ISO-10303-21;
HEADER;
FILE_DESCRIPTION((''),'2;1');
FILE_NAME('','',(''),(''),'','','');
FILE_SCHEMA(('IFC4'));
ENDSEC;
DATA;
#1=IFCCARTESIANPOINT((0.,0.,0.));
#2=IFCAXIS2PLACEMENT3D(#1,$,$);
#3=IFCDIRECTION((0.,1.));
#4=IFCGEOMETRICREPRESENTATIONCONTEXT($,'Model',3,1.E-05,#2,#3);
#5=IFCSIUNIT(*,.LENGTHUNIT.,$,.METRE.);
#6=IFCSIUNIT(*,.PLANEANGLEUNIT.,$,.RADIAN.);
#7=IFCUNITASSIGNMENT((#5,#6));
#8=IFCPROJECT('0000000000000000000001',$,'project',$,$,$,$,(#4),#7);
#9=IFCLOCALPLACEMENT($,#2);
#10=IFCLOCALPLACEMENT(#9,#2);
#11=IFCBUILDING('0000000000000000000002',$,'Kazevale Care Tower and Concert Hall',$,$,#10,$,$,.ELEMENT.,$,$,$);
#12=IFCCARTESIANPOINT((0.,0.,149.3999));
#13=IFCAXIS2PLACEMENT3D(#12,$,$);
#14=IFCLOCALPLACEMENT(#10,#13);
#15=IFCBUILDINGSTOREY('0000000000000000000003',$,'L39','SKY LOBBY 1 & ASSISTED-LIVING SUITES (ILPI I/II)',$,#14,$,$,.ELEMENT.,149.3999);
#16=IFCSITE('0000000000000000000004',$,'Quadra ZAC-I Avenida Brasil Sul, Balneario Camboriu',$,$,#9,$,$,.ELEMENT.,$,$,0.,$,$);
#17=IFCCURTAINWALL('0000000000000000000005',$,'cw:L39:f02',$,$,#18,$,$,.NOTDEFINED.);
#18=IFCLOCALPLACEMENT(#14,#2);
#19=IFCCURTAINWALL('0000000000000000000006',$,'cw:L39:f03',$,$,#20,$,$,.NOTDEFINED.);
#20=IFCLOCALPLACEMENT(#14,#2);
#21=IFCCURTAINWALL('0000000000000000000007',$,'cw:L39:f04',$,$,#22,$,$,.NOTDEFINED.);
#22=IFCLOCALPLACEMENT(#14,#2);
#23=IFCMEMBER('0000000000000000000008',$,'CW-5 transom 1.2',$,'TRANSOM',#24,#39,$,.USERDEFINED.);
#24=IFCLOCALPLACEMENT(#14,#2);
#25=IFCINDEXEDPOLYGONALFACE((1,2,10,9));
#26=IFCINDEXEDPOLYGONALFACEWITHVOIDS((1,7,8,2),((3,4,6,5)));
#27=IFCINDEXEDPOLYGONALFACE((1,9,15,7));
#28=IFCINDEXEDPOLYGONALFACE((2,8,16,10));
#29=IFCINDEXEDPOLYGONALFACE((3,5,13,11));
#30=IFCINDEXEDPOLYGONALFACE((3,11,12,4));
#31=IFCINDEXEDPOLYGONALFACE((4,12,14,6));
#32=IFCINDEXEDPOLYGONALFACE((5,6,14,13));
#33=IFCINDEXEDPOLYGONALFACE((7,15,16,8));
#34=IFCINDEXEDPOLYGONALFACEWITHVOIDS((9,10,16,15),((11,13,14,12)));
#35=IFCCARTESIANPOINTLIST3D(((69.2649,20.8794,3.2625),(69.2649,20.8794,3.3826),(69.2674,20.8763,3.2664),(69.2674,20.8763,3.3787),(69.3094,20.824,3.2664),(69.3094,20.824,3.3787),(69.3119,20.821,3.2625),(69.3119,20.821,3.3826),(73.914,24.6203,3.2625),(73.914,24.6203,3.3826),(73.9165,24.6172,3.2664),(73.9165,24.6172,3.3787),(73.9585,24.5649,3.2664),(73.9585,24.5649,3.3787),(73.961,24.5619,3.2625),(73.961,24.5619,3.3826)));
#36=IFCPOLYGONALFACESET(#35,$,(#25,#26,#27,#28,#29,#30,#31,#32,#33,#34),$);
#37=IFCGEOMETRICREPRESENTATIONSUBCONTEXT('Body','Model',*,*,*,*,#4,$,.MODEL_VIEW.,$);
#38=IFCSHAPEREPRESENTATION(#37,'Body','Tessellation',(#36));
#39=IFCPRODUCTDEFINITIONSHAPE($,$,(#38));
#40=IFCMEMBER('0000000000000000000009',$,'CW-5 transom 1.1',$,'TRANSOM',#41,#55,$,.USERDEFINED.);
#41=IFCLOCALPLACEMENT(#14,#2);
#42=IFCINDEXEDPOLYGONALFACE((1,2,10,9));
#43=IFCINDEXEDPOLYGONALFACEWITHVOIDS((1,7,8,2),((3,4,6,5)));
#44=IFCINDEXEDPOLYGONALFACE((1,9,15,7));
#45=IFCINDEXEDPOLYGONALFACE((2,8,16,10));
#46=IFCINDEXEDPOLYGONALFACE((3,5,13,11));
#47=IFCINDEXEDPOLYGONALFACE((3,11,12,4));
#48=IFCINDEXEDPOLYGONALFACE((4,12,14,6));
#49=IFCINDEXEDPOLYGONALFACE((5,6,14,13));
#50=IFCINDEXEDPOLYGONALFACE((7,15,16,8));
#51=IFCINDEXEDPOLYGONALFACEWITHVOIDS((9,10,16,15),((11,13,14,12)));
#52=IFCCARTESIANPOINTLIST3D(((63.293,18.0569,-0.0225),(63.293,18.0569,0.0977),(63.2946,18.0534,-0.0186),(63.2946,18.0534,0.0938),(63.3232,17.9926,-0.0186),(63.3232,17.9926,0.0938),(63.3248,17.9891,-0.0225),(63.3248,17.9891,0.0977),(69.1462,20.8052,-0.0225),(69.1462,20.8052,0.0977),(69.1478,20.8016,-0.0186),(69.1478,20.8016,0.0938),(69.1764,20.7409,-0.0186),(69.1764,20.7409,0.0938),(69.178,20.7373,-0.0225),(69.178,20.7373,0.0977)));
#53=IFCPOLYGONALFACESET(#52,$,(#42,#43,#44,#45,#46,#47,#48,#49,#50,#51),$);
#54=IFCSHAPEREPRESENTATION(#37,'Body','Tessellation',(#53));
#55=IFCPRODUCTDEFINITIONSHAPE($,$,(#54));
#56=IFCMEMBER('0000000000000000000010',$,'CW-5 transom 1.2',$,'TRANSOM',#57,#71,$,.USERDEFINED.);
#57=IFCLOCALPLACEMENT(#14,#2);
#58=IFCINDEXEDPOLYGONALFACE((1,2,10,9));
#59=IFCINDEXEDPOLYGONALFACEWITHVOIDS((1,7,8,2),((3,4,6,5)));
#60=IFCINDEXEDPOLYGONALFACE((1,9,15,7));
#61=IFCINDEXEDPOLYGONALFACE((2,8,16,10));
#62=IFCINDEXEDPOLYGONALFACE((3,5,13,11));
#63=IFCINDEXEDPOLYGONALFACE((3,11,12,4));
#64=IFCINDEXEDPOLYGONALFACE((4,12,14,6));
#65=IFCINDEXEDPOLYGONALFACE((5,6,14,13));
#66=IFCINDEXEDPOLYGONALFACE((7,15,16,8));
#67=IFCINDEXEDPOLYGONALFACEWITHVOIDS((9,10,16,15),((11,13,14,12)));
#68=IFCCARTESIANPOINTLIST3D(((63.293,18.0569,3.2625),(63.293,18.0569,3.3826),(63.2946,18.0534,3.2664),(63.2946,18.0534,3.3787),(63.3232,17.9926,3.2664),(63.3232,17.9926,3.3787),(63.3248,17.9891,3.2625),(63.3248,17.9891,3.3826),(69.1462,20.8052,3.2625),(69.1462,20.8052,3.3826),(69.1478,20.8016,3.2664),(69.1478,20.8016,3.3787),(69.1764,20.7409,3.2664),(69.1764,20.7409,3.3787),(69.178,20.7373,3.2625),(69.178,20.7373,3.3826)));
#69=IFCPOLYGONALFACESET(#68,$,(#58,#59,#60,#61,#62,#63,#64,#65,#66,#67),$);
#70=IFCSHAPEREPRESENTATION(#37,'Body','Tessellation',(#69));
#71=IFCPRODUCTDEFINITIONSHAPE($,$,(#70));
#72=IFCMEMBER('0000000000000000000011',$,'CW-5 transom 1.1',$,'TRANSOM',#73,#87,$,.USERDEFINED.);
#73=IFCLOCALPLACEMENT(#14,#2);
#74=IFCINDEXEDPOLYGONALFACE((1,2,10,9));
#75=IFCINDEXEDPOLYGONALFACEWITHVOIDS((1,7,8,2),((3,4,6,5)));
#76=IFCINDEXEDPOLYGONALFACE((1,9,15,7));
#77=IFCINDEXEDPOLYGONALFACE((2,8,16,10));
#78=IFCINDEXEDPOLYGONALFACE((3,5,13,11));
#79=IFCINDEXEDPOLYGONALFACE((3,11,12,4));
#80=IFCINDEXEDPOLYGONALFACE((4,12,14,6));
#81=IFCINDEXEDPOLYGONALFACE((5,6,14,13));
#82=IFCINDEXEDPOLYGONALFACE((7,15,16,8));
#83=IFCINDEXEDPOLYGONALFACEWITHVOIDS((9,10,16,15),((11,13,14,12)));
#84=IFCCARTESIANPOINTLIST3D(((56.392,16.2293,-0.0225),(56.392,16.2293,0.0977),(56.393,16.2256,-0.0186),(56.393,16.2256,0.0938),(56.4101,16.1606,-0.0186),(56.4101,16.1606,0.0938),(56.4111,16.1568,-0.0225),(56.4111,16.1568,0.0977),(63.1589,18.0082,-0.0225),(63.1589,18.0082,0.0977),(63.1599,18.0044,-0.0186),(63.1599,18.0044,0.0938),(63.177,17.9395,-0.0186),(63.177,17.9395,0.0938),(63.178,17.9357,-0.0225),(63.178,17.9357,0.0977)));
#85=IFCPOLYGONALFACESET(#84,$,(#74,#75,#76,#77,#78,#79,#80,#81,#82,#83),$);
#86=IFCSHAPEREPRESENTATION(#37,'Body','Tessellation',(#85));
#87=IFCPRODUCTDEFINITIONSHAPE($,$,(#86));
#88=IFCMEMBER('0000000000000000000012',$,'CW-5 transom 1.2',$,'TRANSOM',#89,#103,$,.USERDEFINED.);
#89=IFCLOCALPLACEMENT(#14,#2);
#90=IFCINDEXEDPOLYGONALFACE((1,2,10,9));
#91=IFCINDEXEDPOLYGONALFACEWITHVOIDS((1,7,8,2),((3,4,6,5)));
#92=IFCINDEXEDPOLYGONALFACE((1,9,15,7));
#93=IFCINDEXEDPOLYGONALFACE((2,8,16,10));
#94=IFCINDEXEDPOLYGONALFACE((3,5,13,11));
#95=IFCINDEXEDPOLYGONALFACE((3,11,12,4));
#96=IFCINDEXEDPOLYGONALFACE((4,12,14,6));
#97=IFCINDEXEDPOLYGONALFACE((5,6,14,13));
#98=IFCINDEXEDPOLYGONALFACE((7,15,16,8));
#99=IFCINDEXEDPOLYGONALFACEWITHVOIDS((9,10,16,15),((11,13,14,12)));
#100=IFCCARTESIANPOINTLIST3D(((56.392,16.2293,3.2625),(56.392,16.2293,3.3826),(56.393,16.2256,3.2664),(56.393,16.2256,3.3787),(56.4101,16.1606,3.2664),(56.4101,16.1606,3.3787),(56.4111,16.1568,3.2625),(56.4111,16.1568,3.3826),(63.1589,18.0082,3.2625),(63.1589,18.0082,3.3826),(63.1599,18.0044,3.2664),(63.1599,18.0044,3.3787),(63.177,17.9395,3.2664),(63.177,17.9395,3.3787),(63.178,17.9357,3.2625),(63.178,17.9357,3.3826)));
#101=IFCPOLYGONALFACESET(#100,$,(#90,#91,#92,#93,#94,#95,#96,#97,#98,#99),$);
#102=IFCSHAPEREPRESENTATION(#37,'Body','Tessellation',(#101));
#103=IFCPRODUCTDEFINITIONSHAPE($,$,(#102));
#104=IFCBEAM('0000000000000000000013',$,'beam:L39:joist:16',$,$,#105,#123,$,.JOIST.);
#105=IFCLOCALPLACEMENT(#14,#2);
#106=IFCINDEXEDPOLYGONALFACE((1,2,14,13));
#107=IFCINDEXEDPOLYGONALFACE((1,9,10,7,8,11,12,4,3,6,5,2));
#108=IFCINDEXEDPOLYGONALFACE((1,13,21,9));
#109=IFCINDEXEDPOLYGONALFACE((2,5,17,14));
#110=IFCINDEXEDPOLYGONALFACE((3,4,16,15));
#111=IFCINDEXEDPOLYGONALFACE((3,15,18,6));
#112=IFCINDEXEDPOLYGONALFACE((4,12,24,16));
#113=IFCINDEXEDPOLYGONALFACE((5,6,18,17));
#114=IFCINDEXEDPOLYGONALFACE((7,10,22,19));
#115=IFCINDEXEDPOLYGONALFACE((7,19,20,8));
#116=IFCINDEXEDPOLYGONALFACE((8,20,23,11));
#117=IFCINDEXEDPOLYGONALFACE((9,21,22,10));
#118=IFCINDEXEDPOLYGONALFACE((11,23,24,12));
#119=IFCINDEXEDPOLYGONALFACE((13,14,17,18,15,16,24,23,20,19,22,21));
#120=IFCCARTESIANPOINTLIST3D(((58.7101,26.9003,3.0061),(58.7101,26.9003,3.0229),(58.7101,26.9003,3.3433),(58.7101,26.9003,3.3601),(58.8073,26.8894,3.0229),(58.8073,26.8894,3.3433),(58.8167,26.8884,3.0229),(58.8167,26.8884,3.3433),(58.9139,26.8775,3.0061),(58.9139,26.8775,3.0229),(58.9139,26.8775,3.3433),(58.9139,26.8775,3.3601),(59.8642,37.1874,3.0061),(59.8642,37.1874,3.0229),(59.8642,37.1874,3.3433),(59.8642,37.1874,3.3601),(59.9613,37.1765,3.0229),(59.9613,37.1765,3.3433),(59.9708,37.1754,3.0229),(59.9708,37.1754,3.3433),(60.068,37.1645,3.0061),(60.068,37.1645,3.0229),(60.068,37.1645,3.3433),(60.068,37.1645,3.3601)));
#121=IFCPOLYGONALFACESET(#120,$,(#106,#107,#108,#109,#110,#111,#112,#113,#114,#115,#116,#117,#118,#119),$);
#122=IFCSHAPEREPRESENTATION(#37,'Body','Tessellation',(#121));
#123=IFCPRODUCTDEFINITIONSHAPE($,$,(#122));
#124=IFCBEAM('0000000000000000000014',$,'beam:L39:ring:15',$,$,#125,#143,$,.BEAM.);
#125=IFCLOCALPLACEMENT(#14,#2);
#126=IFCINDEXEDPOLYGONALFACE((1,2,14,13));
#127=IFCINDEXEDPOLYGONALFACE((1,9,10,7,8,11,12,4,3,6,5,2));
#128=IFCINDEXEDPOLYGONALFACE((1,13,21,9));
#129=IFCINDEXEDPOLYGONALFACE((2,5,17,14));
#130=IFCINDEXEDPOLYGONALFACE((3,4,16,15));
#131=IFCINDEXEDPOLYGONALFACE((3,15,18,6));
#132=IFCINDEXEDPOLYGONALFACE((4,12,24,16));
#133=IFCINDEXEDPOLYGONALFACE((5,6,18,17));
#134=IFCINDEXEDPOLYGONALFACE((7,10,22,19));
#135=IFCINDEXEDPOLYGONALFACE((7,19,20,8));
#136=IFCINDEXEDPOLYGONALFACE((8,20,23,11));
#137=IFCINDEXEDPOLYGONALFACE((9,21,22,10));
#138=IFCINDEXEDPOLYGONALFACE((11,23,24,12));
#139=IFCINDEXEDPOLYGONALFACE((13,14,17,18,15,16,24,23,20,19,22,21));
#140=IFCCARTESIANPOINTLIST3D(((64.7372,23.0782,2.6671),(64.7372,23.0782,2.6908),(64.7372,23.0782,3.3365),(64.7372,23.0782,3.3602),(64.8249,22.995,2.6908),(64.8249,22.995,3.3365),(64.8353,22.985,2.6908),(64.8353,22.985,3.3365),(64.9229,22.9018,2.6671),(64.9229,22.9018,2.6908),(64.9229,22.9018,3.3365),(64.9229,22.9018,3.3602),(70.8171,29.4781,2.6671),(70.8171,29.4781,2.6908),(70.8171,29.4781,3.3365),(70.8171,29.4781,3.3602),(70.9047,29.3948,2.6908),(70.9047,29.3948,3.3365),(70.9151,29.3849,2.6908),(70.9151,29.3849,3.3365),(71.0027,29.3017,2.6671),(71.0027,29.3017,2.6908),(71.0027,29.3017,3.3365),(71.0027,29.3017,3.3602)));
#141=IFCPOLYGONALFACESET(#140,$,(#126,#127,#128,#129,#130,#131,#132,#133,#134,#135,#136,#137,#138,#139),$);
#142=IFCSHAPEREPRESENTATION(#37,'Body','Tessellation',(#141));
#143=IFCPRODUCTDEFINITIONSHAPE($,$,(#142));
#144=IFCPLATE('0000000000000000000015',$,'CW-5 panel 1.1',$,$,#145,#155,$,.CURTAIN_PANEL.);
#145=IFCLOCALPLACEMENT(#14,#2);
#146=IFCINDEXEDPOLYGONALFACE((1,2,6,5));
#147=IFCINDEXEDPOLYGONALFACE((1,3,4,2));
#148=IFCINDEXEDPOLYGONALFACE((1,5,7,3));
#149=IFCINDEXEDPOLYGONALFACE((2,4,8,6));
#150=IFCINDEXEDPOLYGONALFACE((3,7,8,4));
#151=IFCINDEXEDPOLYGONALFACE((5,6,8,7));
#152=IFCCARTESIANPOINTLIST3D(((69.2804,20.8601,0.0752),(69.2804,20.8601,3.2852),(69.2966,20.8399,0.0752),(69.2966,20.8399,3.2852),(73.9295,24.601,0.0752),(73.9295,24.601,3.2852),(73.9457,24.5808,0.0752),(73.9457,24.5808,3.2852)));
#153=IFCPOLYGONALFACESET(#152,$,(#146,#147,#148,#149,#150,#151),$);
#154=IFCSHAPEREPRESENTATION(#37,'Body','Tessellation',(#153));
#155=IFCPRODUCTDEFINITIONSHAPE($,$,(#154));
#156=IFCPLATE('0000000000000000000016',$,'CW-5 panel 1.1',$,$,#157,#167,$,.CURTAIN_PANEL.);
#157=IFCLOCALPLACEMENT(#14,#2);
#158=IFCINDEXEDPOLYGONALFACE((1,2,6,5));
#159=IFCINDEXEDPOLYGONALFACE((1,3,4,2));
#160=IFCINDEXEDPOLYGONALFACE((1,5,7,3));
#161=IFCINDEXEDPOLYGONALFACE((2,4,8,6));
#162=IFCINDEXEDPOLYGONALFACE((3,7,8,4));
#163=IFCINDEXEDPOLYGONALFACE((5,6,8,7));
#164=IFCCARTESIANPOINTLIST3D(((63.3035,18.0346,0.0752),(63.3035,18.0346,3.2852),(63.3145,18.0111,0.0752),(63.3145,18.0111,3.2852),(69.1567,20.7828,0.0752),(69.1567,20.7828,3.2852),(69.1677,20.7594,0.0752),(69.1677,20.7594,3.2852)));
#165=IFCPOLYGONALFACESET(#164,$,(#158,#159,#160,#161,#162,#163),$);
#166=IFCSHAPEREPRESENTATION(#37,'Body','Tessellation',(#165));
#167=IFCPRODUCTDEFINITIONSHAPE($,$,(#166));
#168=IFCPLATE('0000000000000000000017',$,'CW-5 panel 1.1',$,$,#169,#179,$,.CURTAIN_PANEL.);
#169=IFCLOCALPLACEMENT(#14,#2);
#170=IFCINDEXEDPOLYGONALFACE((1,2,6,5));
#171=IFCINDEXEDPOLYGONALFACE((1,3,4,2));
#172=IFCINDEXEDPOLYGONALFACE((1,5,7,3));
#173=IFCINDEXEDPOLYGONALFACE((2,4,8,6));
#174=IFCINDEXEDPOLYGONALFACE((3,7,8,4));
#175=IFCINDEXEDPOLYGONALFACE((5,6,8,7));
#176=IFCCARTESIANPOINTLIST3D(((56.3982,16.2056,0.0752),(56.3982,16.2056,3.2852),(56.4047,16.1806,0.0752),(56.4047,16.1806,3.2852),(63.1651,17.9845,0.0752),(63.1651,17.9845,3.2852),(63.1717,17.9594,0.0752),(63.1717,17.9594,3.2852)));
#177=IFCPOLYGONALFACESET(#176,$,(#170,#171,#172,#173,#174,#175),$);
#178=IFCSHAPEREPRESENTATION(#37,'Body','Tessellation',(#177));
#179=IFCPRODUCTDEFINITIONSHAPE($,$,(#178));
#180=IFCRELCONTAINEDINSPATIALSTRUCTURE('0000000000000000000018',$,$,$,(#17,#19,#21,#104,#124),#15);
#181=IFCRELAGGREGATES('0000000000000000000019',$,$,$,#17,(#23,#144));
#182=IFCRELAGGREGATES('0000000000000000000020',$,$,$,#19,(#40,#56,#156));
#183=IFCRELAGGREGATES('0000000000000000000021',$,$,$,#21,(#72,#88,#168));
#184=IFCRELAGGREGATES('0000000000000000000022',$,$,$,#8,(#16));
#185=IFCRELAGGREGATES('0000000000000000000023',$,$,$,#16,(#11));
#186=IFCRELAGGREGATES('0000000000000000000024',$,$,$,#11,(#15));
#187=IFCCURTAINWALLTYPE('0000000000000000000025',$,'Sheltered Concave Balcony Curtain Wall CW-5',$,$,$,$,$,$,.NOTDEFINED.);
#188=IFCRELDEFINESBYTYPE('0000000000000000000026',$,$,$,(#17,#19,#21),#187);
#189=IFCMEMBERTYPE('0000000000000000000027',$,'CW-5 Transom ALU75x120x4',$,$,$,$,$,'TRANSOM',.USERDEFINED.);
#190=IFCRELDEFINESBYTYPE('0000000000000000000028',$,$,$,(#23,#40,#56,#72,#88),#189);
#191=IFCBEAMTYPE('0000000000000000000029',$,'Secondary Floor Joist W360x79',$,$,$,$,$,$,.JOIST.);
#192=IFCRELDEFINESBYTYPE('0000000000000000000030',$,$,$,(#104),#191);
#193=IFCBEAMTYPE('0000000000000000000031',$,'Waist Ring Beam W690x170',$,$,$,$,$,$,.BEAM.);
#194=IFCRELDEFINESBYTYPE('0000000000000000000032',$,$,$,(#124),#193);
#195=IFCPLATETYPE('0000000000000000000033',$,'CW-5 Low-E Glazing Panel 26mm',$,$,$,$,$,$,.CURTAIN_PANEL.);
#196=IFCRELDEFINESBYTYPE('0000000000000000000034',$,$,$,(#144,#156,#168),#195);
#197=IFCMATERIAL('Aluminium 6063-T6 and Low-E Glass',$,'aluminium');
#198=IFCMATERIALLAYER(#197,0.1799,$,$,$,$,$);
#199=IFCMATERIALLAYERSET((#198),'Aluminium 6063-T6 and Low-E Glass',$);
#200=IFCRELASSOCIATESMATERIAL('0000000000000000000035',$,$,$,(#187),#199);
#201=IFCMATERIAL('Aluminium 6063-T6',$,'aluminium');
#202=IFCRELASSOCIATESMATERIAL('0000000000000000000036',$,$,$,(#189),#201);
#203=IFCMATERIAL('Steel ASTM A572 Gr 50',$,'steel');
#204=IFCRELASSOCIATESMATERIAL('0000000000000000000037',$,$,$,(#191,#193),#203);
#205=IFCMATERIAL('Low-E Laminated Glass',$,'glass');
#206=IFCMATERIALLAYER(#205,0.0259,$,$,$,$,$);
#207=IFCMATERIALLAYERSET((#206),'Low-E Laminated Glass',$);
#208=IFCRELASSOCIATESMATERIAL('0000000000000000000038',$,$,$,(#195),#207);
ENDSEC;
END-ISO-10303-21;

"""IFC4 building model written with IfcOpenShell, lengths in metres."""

from ifc_helpers import new_model, si_unit, direction, frame, origin, origin_2d, place, context, subcontext, project, spatial, rectangle, hollow_rectangle, i_section, extrude, material, layer, layer_set, material_profile, profile_set, type_object, element, aggregate, save


model = new_model("IFC4")

# Units and contexts
model_context = context("Model", 3, precision=1e-05, world=origin(), true_north=direction((0.0, 1.0)))
body_context = subcontext(model_context, "Body", "Model", "MODEL_VIEW")
ifc_project = project(units=[si_unit("LENGTHUNIT", "METRE"), si_unit("PLANEANGLEUNIT", "RADIAN")], contexts=[model_context])

# Site, building, storey
site_placement = place(None, origin())
site = spatial("IfcSite", under=ifc_project, at=site_placement, Name="Quadra ZAC-I Avenida Brasil Sul, Balneario Camboriu", CompositionType="ELEMENT", RefElevation=0.0)
building_placement = place(site_placement, origin())
building = spatial("IfcBuilding", under=site, at=building_placement, Name="Kazevale Care Tower and Concert Hall", CompositionType="ELEMENT")
storey_placement = place(building_placement, frame((0.0, 0.0, 149.3999)))
storey = spatial("IfcBuildingStorey", under=building, at=storey_placement, Name="L39", Description="SKY LOBBY 1 & ASSISTED-LIVING SUITES (ILPI I/II)", CompositionType="ELEMENT", Elevation=149.3999)

# Shared definitions
ifc_material_1 = material(Name="Aluminium 6063-T6 and Low-E Glass", Category="aluminium")
ifc_material_2 = material(Name="Aluminium 6063-T6", Category="aluminium")

# Curtain walls
ifc_layer_1 = layer(ifc_material_1, 0.1799)
ifc_layer_set_1 = layer_set([ifc_layer_1], Name="Aluminium 6063-T6 and Low-E Glass")
curtain_wall_type_1 = type_object("IfcCurtainWallType", Name="Sheltered Concave Balcony Curtain Wall CW-5", PredefinedType="NOTDEFINED", material=ifc_layer_set_1)
curtain_wall_1_placement = place(storey_placement, origin())
curtain_wall_1 = element("IfcCurtainWall", 1, at=curtain_wall_1_placement, inside=storey, type_object=curtain_wall_type_1, Name="cw:L39:f02", PredefinedType="NOTDEFINED")
curtain_wall_2_placement = place(storey_placement, origin())
curtain_wall_2 = element("IfcCurtainWall", 2, at=curtain_wall_2_placement, inside=storey, type_object=curtain_wall_type_1, Name="cw:L39:f03", PredefinedType="NOTDEFINED")

# Curtain wall
curtain_wall_3_placement = place(storey_placement, origin())
curtain_wall_3 = element("IfcCurtainWall", 3, at=curtain_wall_3_placement, inside=storey, type_object=curtain_wall_type_1, Name="cw:L39:f04", PredefinedType="NOTDEFINED")

# Members
ifc_material_profile_1 = material_profile(ifc_material_2, hollow_rectangle(XDim=0.075, YDim=0.1201, WallThickness=0.0039, at=origin_2d()), Name="ALU75x120x4")
ifc_profile_set_1 = profile_set([ifc_material_profile_1], Name="Aluminium 6063-T6")
member_type_1 = type_object("IfcMemberType", Name="CW-5 Transom ALU75x120x4", ElementType="TRANSOM", PredefinedType="USERDEFINED", material=ifc_profile_set_1)
member_1_placement = place(storey_placement, frame((73.9375, 24.5911, 3.3225), z_axis=(-0.779097, -0.626903, 0.0), x_axis=(0.626903, -0.779097, 0.0)))
member_1 = element("IfcMember", 4, at=member_1_placement, type_object=member_type_1, Name="CW-5 transom 1.2", ObjectType="TRANSOM", PredefinedType="USERDEFINED", context=body_context, shape_type="SweptSolid", body=[
    extrude(hollow_rectangle(XDim=0.075, YDim=0.1201, WallThickness=0.0039, at=origin_2d()), origin(), (0.0, 0.0, 1.0), 5.9673),
])
member_2_placement = place(storey_placement, frame((69.1621, 20.7712, 0.0376), z_axis=(-0.905187, -0.425013, 0.0), x_axis=(0.425013, -0.905187, 0.0)))
member_2 = element("IfcMember", 5, at=member_2_placement, type_object=member_type_1, Name="CW-5 transom 1.1", ObjectType="TRANSOM", PredefinedType="USERDEFINED", context=body_context, shape_type="SweptSolid", body=[
    extrude(hollow_rectangle(XDim=0.075, YDim=0.1201, WallThickness=0.0039, at=origin_2d()), origin(), (0.0, 0.0, 1.0), 6.4663),
])
member_3_placement = place(storey_placement, frame((69.1621, 20.7712, 3.3225), z_axis=(-0.905187, -0.425013, 0.0), x_axis=(0.425013, -0.905187, 0.0)))
member_3 = element("IfcMember", 6, at=member_3_placement, type_object=member_type_1, Name="CW-5 transom 1.2", ObjectType="TRANSOM", PredefinedType="USERDEFINED", context=body_context, shape_type="SweptSolid", body=[
    extrude(hollow_rectangle(XDim=0.075, YDim=0.1201, WallThickness=0.0039, at=origin_2d()), origin(), (0.0, 0.0, 1.0), 6.4663),
])
member_4_placement = place(storey_placement, frame((63.1685, 17.9719, 0.0376), z_axis=(-0.967143, -0.254234, 0.0), x_axis=(0.254234, -0.967143, 0.0)))
member_4 = element("IfcMember", 7, at=member_4_placement, type_object=member_type_1, Name="CW-5 transom 1.1", ObjectType="TRANSOM", PredefinedType="USERDEFINED", context=body_context, shape_type="SweptSolid", body=[
    extrude(hollow_rectangle(XDim=0.075, YDim=0.1201, WallThickness=0.0039, at=origin_2d()), origin(), (0.0, 0.0, 1.0), 6.9968),
])
member_5_placement = place(storey_placement, frame((63.1685, 17.9719, 3.3225), z_axis=(-0.967143, -0.254234, 0.0), x_axis=(0.254234, -0.967143, 0.0)))
member_5 = element("IfcMember", 8, at=member_5_placement, type_object=member_type_1, Name="CW-5 transom 1.2", ObjectType="TRANSOM", PredefinedType="USERDEFINED", context=body_context, shape_type="SweptSolid", body=[
    extrude(hollow_rectangle(XDim=0.075, YDim=0.1201, WallThickness=0.0039, at=origin_2d()), origin(), (0.0, 0.0, 1.0), 6.9968),
])

# Beams
ifc_material_3 = material(Name="Steel ASTM A572 Gr 50", Category="steel")
ifc_material_profile_2 = material_profile(ifc_material_3, i_section(OverallWidth=0.2051, OverallDepth=0.354, WebThickness=0.0095, FlangeThickness=0.0168, at=origin_2d()), Name="W360x79")
ifc_profile_set_2 = profile_set([ifc_material_profile_2], Name="Steel ASTM A572 Gr 50")
beam_type_1 = type_object("IfcBeamType", Name="Secondary Floor Joist W360x79", PredefinedType="JOIST", material=ifc_profile_set_2)
beam_1_placement = place(storey_placement, frame((58.812, 26.8889, 3.1831), z_axis=(0.111485, 0.993766, 0.0), x_axis=(-0.993766, 0.111485, 0.0)))
element("IfcBeam", 9, at=beam_1_placement, inside=storey, type_object=beam_type_1, Name="beam:L39:joist:16", PredefinedType="JOIST", context=body_context, shape_type="SweptSolid", body=[
    extrude(i_section(OverallWidth=0.2051, OverallDepth=0.354, WebThickness=0.0095, FlangeThickness=0.0168, at=origin_2d()), origin(), (0.0, 0.0, 1.0), 10.3516),
])
ifc_material_profile_3 = material_profile(ifc_material_3, i_section(OverallWidth=0.2561, OverallDepth=0.6931, WebThickness=0.0144, FlangeThickness=0.0237, at=origin_2d()), Name="W690x170")
ifc_profile_set_3 = profile_set([ifc_material_profile_3], Name="Steel ASTM A572 Gr 50")
beam_type_2 = type_object("IfcBeamType", Name="Waist Ring Beam W690x170", PredefinedType="BEAM", material=ifc_profile_set_3)
beam_2_placement = place(storey_placement, frame((64.8301, 22.99, 3.0137), z_axis=(0.688745, 0.725004, 0.0), x_axis=(-0.725004, 0.688745, 0.0)))
element("IfcBeam", 10, at=beam_2_placement, inside=storey, type_object=beam_type_2, Name="beam:L39:ring:15", PredefinedType="BEAM", context=body_context, shape_type="SweptSolid", body=[
    extrude(i_section(OverallWidth=0.2561, OverallDepth=0.6931, WebThickness=0.0144, FlangeThickness=0.0237, at=origin_2d()), origin(), (0.0, 0.0, 1.0), 8.8274),
])

# Plates
ifc_material_4 = material(Name="Low-E Laminated Glass", Category="glass")
ifc_layer_2 = layer(ifc_material_4, 0.0259)
ifc_layer_set_2 = layer_set([ifc_layer_2], Name="Low-E Laminated Glass")
plate_type = type_object("IfcPlateType", Name="CW-5 Low-E Glazing Panel 26mm", PredefinedType="CURTAIN_PANEL", material=ifc_layer_set_2)
plate_1_placement = place(storey_placement, frame((71.613, 22.7205, 0.0752), z_axis=(0.0, 0.0, 1.0), x_axis=(-0.779095, -0.626905, 0.0)))
plate_1 = element("IfcPlate", 11, at=plate_1_placement, type_object=plate_type, Name="CW-5 panel 1.1", PredefinedType="CURTAIN_PANEL", context=body_context, shape_type="SweptSolid", body=[
    extrude(rectangle(XDim=5.9673, YDim=0.0259, at=origin_2d()), origin(), (0.0, 0.0, 1.0), 3.21),
])
aggregate(curtain_wall_1, [member_1, plate_1])
plate_2_placement = place(storey_placement, frame((66.2356, 19.397, 0.0752), z_axis=(0.0, 0.0, 1.0), x_axis=(-0.905188, -0.425011, 0.0)))
plate_2 = element("IfcPlate", 12, at=plate_2_placement, type_object=plate_type, Name="CW-5 panel 1.1", PredefinedType="CURTAIN_PANEL", context=body_context, shape_type="SweptSolid", body=[
    extrude(rectangle(XDim=6.4663, YDim=0.0259, at=origin_2d()), origin(), (0.0, 0.0, 1.0), 3.21),
])
aggregate(curtain_wall_2, [member_2, member_3, plate_2])
plate_3_placement = place(storey_placement, frame((59.7849, 17.0825, 0.0752), z_axis=(0.0, 0.0, 1.0), x_axis=(-0.967142, -0.254238, 0.0)))
plate_3 = element("IfcPlate", 13, at=plate_3_placement, type_object=plate_type, Name="CW-5 panel 1.1", PredefinedType="CURTAIN_PANEL", context=body_context, shape_type="SweptSolid", body=[
    extrude(rectangle(XDim=6.9968, YDim=0.0259, at=origin_2d()), origin(), (0.0, 0.0, 1.0), 3.21),
])
aggregate(curtain_wall_3, [member_4, member_5, plate_3])

save(model, "model.ifc")
